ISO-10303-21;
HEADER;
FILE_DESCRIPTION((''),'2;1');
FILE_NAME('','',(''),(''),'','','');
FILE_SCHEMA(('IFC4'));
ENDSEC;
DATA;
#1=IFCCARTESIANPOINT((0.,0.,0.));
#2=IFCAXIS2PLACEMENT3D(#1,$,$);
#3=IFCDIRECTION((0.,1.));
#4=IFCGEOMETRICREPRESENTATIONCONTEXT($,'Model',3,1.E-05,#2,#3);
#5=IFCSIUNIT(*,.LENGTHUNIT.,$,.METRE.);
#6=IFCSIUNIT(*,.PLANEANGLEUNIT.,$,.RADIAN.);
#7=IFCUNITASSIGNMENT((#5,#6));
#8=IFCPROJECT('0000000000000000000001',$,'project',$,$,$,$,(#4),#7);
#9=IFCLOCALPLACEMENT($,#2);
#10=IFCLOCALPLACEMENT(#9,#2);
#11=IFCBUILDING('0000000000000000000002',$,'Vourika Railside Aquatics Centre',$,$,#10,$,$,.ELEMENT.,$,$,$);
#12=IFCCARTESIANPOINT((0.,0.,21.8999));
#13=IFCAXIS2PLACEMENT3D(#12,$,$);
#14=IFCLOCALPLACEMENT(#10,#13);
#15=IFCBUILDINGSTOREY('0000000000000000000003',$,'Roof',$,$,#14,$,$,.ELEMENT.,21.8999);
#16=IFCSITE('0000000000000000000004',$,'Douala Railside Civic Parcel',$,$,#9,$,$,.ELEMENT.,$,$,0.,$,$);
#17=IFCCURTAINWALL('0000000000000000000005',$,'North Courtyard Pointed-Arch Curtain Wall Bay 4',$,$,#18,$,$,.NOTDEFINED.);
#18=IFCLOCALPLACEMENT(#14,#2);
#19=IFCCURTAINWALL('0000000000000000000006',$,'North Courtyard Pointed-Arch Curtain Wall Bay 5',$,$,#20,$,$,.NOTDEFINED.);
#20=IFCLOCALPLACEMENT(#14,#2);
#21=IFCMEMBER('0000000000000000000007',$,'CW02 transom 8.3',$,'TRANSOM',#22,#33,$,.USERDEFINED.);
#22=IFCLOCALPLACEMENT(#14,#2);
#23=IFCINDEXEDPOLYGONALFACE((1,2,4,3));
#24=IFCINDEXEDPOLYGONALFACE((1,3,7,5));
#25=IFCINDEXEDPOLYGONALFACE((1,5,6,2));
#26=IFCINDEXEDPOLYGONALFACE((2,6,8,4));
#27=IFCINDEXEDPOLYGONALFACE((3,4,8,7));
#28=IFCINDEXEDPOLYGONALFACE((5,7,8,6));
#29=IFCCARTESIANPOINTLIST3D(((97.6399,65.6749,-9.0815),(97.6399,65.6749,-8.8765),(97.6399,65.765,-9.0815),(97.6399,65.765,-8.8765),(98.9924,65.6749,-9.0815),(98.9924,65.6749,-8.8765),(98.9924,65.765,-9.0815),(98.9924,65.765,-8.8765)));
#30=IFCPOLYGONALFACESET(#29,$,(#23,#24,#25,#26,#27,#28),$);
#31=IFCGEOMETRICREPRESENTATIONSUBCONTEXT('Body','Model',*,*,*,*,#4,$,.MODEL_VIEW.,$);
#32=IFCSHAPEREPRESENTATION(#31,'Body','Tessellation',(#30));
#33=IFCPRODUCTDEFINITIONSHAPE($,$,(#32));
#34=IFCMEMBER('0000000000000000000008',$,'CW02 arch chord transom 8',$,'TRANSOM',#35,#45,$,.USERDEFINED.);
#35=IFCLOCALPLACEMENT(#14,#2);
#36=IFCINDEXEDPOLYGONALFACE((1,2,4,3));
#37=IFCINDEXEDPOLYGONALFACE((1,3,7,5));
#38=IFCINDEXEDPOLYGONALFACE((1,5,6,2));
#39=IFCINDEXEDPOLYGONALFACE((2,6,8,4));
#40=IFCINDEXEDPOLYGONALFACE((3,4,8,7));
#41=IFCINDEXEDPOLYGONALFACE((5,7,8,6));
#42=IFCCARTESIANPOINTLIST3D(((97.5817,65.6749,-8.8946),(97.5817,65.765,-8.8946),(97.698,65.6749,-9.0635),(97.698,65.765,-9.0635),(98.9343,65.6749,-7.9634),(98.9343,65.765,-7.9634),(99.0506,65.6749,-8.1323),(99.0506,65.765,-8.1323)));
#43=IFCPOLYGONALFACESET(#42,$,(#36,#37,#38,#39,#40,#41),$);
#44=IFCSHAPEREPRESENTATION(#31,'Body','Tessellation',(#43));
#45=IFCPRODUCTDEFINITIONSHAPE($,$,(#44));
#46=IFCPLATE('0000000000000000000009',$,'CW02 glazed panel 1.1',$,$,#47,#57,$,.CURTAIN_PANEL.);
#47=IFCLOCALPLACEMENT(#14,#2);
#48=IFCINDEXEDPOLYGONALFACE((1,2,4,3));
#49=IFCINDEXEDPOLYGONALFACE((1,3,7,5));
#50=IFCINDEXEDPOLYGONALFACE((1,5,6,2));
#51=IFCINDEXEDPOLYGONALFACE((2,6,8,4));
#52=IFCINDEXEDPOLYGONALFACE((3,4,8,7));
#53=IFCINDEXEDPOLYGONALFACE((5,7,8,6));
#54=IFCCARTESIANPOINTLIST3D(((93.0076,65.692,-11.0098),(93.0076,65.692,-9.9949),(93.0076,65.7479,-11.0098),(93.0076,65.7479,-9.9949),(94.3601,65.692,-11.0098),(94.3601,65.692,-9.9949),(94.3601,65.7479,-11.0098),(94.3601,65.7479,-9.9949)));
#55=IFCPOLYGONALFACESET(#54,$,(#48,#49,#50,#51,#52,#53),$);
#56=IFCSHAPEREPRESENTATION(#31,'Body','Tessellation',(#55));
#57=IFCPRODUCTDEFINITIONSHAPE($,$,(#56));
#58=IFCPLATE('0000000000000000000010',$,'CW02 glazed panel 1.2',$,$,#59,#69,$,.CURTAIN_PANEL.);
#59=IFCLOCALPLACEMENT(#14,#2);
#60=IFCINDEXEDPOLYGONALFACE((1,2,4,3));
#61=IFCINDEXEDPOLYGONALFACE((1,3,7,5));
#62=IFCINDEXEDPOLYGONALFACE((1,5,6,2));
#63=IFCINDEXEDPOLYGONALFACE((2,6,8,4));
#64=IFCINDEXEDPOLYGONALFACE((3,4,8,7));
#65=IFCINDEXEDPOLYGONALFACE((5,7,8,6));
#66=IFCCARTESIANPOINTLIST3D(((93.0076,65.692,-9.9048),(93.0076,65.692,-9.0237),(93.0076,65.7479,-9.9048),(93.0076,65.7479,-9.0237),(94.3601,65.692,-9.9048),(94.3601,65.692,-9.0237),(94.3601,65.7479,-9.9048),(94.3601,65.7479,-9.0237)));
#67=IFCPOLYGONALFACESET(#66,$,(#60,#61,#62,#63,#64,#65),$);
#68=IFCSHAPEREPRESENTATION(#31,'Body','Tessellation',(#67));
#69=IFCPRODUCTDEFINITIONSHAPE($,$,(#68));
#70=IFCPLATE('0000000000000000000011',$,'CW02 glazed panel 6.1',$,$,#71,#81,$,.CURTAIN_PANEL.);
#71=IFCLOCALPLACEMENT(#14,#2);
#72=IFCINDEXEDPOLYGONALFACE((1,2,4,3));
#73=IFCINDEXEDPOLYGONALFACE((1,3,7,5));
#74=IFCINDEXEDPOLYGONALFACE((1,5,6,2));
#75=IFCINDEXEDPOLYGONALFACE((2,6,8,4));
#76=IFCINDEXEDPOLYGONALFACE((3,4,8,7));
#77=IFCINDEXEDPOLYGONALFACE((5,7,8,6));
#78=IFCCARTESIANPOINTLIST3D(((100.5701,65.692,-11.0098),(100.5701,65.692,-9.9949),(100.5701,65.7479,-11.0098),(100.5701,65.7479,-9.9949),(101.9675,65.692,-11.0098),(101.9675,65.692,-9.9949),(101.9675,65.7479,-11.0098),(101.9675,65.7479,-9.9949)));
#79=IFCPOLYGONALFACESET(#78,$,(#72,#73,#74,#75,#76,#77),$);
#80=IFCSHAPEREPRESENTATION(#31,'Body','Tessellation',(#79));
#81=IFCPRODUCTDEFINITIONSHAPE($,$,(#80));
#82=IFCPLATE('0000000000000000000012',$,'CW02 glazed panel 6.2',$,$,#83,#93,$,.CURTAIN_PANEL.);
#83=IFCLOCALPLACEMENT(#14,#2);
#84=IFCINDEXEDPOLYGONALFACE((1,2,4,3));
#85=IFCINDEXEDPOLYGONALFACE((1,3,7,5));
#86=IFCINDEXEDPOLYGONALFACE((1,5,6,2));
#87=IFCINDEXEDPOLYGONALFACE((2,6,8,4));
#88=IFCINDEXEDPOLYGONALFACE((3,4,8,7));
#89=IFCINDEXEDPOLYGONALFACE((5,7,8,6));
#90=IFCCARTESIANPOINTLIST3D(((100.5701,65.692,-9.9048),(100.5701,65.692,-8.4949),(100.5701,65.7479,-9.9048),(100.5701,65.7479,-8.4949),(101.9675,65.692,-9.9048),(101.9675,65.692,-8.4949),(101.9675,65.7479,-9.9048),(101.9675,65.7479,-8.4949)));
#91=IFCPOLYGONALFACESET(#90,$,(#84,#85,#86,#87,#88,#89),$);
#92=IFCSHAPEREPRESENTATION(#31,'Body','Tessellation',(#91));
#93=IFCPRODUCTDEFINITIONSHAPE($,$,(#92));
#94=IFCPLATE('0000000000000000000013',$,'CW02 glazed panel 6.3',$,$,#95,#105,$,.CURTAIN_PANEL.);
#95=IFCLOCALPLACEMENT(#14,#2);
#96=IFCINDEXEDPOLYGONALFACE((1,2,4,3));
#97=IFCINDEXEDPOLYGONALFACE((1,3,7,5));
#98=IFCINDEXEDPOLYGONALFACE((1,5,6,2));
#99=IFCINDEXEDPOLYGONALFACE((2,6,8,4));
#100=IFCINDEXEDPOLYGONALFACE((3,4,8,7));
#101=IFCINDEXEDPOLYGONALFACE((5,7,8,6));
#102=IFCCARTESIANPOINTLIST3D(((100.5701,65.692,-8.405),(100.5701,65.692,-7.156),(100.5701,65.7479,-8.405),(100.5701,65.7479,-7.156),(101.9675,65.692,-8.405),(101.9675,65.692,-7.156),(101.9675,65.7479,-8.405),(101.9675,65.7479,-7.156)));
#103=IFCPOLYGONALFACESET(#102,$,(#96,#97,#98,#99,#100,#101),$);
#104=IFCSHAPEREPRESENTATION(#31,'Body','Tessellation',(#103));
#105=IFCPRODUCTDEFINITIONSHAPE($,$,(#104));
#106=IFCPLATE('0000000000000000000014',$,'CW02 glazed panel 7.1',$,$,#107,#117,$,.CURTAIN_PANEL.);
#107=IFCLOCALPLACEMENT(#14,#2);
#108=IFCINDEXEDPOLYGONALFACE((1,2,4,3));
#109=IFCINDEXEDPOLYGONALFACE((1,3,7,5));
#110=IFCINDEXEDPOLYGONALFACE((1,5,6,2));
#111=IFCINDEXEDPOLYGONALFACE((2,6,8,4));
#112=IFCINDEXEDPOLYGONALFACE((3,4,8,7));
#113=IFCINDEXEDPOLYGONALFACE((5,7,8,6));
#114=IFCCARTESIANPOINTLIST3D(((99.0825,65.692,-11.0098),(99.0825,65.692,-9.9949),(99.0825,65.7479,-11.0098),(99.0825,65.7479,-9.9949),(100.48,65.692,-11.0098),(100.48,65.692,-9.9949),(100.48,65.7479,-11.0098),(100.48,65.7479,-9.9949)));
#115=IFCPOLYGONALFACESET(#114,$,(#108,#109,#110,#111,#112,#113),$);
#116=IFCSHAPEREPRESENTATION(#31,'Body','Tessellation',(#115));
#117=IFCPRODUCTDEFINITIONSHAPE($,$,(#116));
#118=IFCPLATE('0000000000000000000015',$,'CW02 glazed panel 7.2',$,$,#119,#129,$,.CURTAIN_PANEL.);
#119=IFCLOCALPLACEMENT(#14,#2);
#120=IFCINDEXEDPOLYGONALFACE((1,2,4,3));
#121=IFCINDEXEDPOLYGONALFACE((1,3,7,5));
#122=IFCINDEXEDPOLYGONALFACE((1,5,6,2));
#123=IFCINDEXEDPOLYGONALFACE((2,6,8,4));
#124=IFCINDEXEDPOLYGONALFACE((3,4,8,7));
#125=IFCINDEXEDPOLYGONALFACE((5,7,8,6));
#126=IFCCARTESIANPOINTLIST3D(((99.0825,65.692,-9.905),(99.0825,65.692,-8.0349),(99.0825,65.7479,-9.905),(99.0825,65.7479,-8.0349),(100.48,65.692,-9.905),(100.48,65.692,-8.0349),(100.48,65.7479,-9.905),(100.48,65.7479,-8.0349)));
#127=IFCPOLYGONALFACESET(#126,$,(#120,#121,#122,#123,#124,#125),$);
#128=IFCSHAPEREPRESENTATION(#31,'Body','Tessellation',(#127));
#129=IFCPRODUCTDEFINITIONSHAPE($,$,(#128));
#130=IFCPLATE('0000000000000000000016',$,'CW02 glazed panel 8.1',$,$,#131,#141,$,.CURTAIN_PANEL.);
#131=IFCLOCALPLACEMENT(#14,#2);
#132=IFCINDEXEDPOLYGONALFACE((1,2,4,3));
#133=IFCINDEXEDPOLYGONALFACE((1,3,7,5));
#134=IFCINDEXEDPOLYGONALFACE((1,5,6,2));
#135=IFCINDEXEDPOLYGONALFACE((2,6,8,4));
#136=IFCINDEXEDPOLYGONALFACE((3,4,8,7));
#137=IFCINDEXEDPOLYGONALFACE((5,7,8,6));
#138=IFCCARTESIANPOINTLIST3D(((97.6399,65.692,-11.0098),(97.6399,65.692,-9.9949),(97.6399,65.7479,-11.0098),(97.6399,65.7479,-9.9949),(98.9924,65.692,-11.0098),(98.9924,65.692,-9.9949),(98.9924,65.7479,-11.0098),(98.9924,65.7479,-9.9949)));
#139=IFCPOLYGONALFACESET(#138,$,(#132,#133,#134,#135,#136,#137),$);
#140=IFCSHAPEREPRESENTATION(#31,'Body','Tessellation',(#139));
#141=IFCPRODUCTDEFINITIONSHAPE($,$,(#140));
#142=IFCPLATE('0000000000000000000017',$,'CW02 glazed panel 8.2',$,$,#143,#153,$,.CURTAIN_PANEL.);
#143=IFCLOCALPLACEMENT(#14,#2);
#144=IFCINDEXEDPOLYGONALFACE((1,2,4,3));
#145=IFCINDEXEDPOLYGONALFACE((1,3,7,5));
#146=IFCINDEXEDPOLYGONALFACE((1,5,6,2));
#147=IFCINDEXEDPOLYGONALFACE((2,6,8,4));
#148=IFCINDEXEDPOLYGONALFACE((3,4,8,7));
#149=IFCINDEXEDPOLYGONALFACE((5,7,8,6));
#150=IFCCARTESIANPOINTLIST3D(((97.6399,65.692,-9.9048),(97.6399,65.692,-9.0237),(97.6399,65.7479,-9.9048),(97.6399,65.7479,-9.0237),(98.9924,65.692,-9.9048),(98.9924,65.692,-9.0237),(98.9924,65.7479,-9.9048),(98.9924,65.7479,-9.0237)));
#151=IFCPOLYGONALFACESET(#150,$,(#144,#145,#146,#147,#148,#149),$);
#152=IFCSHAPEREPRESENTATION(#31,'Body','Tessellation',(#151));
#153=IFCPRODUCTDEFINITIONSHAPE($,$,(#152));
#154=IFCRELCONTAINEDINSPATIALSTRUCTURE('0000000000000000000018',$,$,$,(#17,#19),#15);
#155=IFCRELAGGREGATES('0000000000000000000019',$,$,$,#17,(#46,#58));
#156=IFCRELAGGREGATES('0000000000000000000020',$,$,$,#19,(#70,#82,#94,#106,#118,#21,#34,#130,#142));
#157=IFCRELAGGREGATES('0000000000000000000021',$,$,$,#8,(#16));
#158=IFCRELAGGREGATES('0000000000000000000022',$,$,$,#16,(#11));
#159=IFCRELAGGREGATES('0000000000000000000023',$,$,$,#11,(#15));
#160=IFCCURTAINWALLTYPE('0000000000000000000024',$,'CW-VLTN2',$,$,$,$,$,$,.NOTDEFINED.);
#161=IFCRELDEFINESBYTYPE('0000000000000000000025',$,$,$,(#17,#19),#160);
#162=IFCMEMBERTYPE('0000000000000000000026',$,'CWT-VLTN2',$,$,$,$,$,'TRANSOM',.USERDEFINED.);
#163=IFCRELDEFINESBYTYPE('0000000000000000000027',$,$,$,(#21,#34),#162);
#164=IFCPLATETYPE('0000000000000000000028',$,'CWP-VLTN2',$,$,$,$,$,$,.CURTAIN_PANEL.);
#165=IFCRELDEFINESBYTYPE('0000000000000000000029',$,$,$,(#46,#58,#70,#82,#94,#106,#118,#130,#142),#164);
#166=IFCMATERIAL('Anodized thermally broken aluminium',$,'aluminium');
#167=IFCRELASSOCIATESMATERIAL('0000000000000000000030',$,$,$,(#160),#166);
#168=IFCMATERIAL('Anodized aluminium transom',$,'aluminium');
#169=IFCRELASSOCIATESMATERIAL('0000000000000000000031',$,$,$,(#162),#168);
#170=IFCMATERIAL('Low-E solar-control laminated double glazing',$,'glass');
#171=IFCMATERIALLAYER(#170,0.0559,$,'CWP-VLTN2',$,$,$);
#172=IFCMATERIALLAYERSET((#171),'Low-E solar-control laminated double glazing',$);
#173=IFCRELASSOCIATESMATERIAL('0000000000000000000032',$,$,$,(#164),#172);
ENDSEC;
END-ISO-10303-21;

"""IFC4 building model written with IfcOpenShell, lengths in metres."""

from ifc_helpers import new_model, si_unit, direction, frame, origin, origin_2d, place, context, subcontext, project, spatial, rectangle, extrude, material, layer, layer_set, material_profile, profile_set, type_object, element, aggregate, save


model = new_model("IFC4")

# Units and contexts
model_context = context("Model", 3, precision=1e-05, world=origin(), true_north=direction((0.0, 1.0)))
body_context = subcontext(model_context, "Body", "Model", "MODEL_VIEW")
ifc_project = project(units=[si_unit("LENGTHUNIT", "METRE"), si_unit("PLANEANGLEUNIT", "RADIAN")], contexts=[model_context])

# Site, building, storey
site_placement = place(None, origin())
site = spatial("IfcSite", under=ifc_project, at=site_placement, Name="Douala Railside Civic Parcel", CompositionType="ELEMENT", RefElevation=0.0)
building_placement = place(site_placement, origin())
building = spatial("IfcBuilding", under=site, at=building_placement, Name="Vourika Railside Aquatics Centre", CompositionType="ELEMENT")
storey_placement = place(building_placement, frame((0.0, 0.0, 21.8999)))
storey = spatial("IfcBuildingStorey", under=building, at=storey_placement, Name="Roof", CompositionType="ELEMENT", Elevation=21.8999)

# Curtain wall
ifc_material_1 = material(Name="Anodized thermally broken aluminium", Category="aluminium")
curtain_wall_type = type_object("IfcCurtainWallType", Name="CW-VLTN2", PredefinedType="NOTDEFINED", material=ifc_material_1)
curtain_wall_1_placement = place(storey_placement, origin())
curtain_wall_1 = element("IfcCurtainWall", 1, at=curtain_wall_1_placement, inside=storey, type_object=curtain_wall_type, Name="North Courtyard Pointed-Arch Curtain Wall Bay 4", PredefinedType="NOTDEFINED")

# Curtain wall
curtain_wall_2_placement = place(storey_placement, origin())
curtain_wall_2 = element("IfcCurtainWall", 2, at=curtain_wall_2_placement, inside=storey, type_object=curtain_wall_type, Name="North Courtyard Pointed-Arch Curtain Wall Bay 5", PredefinedType="NOTDEFINED")

# Members
ifc_material_2 = material(Name="Anodized aluminium transom", Category="aluminium")
ifc_material_profile_1 = material_profile(ifc_material_2, rectangle(XDim=0.0901, YDim=0.2051, at=origin_2d()), Name="ALU-T 90x205")
ifc_profile_set_1 = profile_set([ifc_material_profile_1], Name="Anodized aluminium transom")
member_type_1 = type_object("IfcMemberType", Name="CWT-VLTN2", ElementType="TRANSOM", PredefinedType="USERDEFINED", material=ifc_profile_set_1)
member_1_placement = place(storey_placement, frame((98.9924, 65.72, -8.979), z_axis=(-1.0, 0.0, 0.0), x_axis=(0.0, -1.0, 0.0)))
member_1 = element("IfcMember", 3, at=member_1_placement, type_object=member_type_1, Name="CW02 transom 8.3", ObjectType="TRANSOM", PredefinedType="USERDEFINED", context=body_context, shape_type="SweptSolid", body=[
    extrude(rectangle(XDim=0.0901, YDim=0.2051, at=origin_2d()), origin(), (0.0, 0.0, 1.0), 1.3525),
])
member_2_placement = place(storey_placement, frame((98.9924, 65.72, -8.0479), z_axis=(-0.823677, 0.0, -0.567059), x_axis=(0.0, -1.0, 0.0)))
member_2 = element("IfcMember", 4, at=member_2_placement, type_object=member_type_1, Name="CW02 arch chord transom 8", ObjectType="TRANSOM", PredefinedType="USERDEFINED", context=body_context, shape_type="SweptSolid", body=[
    extrude(rectangle(XDim=0.0901, YDim=0.2051, at=origin_2d()), origin(), (0.0, 0.0, 1.0), 1.6421),
])

# Plates
ifc_material_3 = material(Name="Low-E solar-control laminated double glazing", Category="glass")
ifc_layer = layer(ifc_material_3, 0.0559, Name="CWP-VLTN2")
ifc_layer_set = layer_set([ifc_layer], Name="Low-E solar-control laminated double glazing")
plate_type = type_object("IfcPlateType", Name="CWP-VLTN2", PredefinedType="CURTAIN_PANEL", material=ifc_layer_set)
plate_1_placement = place(storey_placement, frame((93.6838, 65.72, -11.0098), z_axis=(0.0, 0.0, 1.0), x_axis=(-1.0, 0.0, 0.0)))
plate_1 = element("IfcPlate", 5, at=plate_1_placement, type_object=plate_type, Name="CW02 glazed panel 1.1", PredefinedType="CURTAIN_PANEL", context=body_context, shape_type="SweptSolid", body=[
    extrude(rectangle(XDim=1.3525, YDim=0.0559, at=origin_2d()), origin(), (0.0, 0.0, 1.0), 1.0149),
])
plate_2_placement = place(storey_placement, frame((93.6838, 65.72, -9.9048), z_axis=(0.0, 0.0, 1.0), x_axis=(-1.0, 0.0, 0.0)))
plate_2 = element("IfcPlate", 6, at=plate_2_placement, type_object=plate_type, Name="CW02 glazed panel 1.2", PredefinedType="CURTAIN_PANEL", context=body_context, shape_type="SweptSolid", body=[
    extrude(rectangle(XDim=1.3525, YDim=0.0559, at=origin_2d()), origin(), (0.0, 0.0, 1.0), 0.8811),
])
aggregate(curtain_wall_1, [plate_1, plate_2])
plate_3_placement = place(storey_placement, frame((101.2688, 65.72, -11.0098), z_axis=(0.0, 0.0, 1.0), x_axis=(-1.0, 0.0, 0.0)))
plate_3 = element("IfcPlate", 7, at=plate_3_placement, type_object=plate_type, Name="CW02 glazed panel 6.1", PredefinedType="CURTAIN_PANEL", context=body_context, shape_type="SweptSolid", body=[
    extrude(rectangle(XDim=1.3975, YDim=0.0559, at=origin_2d()), origin(), (0.0, 0.0, 1.0), 1.0149),
])
plate_4_placement = place(storey_placement, frame((101.2688, 65.72, -9.9048), z_axis=(0.0, 0.0, 1.0), x_axis=(-1.0, 0.0, 0.0)))
plate_4 = element("IfcPlate", 8, at=plate_4_placement, type_object=plate_type, Name="CW02 glazed panel 6.2", PredefinedType="CURTAIN_PANEL", context=body_context, shape_type="SweptSolid", body=[
    extrude(rectangle(XDim=1.3975, YDim=0.0559, at=origin_2d()), origin(), (0.0, 0.0, 1.0), 1.4099),
])
plate_5_placement = place(storey_placement, frame((101.2688, 65.72, -8.405), z_axis=(0.0, 0.0, 1.0), x_axis=(-1.0, 0.0, 0.0)))
plate_5 = element("IfcPlate", 9, at=plate_5_placement, type_object=plate_type, Name="CW02 glazed panel 6.3", PredefinedType="CURTAIN_PANEL", context=body_context, shape_type="SweptSolid", body=[
    extrude(rectangle(XDim=1.3975, YDim=0.0559, at=origin_2d()), origin(), (0.0, 0.0, 1.0), 1.249),
])
plate_6_placement = place(storey_placement, frame((99.7812, 65.72, -11.0098), z_axis=(0.0, 0.0, 1.0), x_axis=(-1.0, 0.0, 0.0)))
plate_6 = element("IfcPlate", 10, at=plate_6_placement, type_object=plate_type, Name="CW02 glazed panel 7.1", PredefinedType="CURTAIN_PANEL", context=body_context, shape_type="SweptSolid", body=[
    extrude(rectangle(XDim=1.3975, YDim=0.0559, at=origin_2d()), origin(), (0.0, 0.0, 1.0), 1.0149),
])
plate_7_placement = place(storey_placement, frame((99.7812, 65.72, -9.905), z_axis=(0.0, 0.0, 1.0), x_axis=(-1.0, 0.0, 0.0)))
plate_7 = element("IfcPlate", 11, at=plate_7_placement, type_object=plate_type, Name="CW02 glazed panel 7.2", PredefinedType="CURTAIN_PANEL", context=body_context, shape_type="SweptSolid", body=[
    extrude(rectangle(XDim=1.3975, YDim=0.0559, at=origin_2d()), origin(), (0.0, 0.0, 1.0), 1.8701),
])
plate_8_placement = place(storey_placement, frame((98.3162, 65.72, -11.0098), z_axis=(0.0, 0.0, 1.0), x_axis=(-1.0, 0.0, 0.0)))
plate_8 = element("IfcPlate", 12, at=plate_8_placement, type_object=plate_type, Name="CW02 glazed panel 8.1", PredefinedType="CURTAIN_PANEL", context=body_context, shape_type="SweptSolid", body=[
    extrude(rectangle(XDim=1.3525, YDim=0.0559, at=origin_2d()), origin(), (0.0, 0.0, 1.0), 1.0149),
])
plate_9_placement = place(storey_placement, frame((98.3162, 65.72, -9.9048), z_axis=(0.0, 0.0, 1.0), x_axis=(-1.0, 0.0, 0.0)))
plate_9 = element("IfcPlate", 13, at=plate_9_placement, type_object=plate_type, Name="CW02 glazed panel 8.2", PredefinedType="CURTAIN_PANEL", context=body_context, shape_type="SweptSolid", body=[
    extrude(rectangle(XDim=1.3525, YDim=0.0559, at=origin_2d()), origin(), (0.0, 0.0, 1.0), 0.8811),
])
aggregate(curtain_wall_2, [plate_3, plate_4, plate_5, plate_6, plate_7, member_1, member_2, plate_8, plate_9])

save(model, "model.ifc")
